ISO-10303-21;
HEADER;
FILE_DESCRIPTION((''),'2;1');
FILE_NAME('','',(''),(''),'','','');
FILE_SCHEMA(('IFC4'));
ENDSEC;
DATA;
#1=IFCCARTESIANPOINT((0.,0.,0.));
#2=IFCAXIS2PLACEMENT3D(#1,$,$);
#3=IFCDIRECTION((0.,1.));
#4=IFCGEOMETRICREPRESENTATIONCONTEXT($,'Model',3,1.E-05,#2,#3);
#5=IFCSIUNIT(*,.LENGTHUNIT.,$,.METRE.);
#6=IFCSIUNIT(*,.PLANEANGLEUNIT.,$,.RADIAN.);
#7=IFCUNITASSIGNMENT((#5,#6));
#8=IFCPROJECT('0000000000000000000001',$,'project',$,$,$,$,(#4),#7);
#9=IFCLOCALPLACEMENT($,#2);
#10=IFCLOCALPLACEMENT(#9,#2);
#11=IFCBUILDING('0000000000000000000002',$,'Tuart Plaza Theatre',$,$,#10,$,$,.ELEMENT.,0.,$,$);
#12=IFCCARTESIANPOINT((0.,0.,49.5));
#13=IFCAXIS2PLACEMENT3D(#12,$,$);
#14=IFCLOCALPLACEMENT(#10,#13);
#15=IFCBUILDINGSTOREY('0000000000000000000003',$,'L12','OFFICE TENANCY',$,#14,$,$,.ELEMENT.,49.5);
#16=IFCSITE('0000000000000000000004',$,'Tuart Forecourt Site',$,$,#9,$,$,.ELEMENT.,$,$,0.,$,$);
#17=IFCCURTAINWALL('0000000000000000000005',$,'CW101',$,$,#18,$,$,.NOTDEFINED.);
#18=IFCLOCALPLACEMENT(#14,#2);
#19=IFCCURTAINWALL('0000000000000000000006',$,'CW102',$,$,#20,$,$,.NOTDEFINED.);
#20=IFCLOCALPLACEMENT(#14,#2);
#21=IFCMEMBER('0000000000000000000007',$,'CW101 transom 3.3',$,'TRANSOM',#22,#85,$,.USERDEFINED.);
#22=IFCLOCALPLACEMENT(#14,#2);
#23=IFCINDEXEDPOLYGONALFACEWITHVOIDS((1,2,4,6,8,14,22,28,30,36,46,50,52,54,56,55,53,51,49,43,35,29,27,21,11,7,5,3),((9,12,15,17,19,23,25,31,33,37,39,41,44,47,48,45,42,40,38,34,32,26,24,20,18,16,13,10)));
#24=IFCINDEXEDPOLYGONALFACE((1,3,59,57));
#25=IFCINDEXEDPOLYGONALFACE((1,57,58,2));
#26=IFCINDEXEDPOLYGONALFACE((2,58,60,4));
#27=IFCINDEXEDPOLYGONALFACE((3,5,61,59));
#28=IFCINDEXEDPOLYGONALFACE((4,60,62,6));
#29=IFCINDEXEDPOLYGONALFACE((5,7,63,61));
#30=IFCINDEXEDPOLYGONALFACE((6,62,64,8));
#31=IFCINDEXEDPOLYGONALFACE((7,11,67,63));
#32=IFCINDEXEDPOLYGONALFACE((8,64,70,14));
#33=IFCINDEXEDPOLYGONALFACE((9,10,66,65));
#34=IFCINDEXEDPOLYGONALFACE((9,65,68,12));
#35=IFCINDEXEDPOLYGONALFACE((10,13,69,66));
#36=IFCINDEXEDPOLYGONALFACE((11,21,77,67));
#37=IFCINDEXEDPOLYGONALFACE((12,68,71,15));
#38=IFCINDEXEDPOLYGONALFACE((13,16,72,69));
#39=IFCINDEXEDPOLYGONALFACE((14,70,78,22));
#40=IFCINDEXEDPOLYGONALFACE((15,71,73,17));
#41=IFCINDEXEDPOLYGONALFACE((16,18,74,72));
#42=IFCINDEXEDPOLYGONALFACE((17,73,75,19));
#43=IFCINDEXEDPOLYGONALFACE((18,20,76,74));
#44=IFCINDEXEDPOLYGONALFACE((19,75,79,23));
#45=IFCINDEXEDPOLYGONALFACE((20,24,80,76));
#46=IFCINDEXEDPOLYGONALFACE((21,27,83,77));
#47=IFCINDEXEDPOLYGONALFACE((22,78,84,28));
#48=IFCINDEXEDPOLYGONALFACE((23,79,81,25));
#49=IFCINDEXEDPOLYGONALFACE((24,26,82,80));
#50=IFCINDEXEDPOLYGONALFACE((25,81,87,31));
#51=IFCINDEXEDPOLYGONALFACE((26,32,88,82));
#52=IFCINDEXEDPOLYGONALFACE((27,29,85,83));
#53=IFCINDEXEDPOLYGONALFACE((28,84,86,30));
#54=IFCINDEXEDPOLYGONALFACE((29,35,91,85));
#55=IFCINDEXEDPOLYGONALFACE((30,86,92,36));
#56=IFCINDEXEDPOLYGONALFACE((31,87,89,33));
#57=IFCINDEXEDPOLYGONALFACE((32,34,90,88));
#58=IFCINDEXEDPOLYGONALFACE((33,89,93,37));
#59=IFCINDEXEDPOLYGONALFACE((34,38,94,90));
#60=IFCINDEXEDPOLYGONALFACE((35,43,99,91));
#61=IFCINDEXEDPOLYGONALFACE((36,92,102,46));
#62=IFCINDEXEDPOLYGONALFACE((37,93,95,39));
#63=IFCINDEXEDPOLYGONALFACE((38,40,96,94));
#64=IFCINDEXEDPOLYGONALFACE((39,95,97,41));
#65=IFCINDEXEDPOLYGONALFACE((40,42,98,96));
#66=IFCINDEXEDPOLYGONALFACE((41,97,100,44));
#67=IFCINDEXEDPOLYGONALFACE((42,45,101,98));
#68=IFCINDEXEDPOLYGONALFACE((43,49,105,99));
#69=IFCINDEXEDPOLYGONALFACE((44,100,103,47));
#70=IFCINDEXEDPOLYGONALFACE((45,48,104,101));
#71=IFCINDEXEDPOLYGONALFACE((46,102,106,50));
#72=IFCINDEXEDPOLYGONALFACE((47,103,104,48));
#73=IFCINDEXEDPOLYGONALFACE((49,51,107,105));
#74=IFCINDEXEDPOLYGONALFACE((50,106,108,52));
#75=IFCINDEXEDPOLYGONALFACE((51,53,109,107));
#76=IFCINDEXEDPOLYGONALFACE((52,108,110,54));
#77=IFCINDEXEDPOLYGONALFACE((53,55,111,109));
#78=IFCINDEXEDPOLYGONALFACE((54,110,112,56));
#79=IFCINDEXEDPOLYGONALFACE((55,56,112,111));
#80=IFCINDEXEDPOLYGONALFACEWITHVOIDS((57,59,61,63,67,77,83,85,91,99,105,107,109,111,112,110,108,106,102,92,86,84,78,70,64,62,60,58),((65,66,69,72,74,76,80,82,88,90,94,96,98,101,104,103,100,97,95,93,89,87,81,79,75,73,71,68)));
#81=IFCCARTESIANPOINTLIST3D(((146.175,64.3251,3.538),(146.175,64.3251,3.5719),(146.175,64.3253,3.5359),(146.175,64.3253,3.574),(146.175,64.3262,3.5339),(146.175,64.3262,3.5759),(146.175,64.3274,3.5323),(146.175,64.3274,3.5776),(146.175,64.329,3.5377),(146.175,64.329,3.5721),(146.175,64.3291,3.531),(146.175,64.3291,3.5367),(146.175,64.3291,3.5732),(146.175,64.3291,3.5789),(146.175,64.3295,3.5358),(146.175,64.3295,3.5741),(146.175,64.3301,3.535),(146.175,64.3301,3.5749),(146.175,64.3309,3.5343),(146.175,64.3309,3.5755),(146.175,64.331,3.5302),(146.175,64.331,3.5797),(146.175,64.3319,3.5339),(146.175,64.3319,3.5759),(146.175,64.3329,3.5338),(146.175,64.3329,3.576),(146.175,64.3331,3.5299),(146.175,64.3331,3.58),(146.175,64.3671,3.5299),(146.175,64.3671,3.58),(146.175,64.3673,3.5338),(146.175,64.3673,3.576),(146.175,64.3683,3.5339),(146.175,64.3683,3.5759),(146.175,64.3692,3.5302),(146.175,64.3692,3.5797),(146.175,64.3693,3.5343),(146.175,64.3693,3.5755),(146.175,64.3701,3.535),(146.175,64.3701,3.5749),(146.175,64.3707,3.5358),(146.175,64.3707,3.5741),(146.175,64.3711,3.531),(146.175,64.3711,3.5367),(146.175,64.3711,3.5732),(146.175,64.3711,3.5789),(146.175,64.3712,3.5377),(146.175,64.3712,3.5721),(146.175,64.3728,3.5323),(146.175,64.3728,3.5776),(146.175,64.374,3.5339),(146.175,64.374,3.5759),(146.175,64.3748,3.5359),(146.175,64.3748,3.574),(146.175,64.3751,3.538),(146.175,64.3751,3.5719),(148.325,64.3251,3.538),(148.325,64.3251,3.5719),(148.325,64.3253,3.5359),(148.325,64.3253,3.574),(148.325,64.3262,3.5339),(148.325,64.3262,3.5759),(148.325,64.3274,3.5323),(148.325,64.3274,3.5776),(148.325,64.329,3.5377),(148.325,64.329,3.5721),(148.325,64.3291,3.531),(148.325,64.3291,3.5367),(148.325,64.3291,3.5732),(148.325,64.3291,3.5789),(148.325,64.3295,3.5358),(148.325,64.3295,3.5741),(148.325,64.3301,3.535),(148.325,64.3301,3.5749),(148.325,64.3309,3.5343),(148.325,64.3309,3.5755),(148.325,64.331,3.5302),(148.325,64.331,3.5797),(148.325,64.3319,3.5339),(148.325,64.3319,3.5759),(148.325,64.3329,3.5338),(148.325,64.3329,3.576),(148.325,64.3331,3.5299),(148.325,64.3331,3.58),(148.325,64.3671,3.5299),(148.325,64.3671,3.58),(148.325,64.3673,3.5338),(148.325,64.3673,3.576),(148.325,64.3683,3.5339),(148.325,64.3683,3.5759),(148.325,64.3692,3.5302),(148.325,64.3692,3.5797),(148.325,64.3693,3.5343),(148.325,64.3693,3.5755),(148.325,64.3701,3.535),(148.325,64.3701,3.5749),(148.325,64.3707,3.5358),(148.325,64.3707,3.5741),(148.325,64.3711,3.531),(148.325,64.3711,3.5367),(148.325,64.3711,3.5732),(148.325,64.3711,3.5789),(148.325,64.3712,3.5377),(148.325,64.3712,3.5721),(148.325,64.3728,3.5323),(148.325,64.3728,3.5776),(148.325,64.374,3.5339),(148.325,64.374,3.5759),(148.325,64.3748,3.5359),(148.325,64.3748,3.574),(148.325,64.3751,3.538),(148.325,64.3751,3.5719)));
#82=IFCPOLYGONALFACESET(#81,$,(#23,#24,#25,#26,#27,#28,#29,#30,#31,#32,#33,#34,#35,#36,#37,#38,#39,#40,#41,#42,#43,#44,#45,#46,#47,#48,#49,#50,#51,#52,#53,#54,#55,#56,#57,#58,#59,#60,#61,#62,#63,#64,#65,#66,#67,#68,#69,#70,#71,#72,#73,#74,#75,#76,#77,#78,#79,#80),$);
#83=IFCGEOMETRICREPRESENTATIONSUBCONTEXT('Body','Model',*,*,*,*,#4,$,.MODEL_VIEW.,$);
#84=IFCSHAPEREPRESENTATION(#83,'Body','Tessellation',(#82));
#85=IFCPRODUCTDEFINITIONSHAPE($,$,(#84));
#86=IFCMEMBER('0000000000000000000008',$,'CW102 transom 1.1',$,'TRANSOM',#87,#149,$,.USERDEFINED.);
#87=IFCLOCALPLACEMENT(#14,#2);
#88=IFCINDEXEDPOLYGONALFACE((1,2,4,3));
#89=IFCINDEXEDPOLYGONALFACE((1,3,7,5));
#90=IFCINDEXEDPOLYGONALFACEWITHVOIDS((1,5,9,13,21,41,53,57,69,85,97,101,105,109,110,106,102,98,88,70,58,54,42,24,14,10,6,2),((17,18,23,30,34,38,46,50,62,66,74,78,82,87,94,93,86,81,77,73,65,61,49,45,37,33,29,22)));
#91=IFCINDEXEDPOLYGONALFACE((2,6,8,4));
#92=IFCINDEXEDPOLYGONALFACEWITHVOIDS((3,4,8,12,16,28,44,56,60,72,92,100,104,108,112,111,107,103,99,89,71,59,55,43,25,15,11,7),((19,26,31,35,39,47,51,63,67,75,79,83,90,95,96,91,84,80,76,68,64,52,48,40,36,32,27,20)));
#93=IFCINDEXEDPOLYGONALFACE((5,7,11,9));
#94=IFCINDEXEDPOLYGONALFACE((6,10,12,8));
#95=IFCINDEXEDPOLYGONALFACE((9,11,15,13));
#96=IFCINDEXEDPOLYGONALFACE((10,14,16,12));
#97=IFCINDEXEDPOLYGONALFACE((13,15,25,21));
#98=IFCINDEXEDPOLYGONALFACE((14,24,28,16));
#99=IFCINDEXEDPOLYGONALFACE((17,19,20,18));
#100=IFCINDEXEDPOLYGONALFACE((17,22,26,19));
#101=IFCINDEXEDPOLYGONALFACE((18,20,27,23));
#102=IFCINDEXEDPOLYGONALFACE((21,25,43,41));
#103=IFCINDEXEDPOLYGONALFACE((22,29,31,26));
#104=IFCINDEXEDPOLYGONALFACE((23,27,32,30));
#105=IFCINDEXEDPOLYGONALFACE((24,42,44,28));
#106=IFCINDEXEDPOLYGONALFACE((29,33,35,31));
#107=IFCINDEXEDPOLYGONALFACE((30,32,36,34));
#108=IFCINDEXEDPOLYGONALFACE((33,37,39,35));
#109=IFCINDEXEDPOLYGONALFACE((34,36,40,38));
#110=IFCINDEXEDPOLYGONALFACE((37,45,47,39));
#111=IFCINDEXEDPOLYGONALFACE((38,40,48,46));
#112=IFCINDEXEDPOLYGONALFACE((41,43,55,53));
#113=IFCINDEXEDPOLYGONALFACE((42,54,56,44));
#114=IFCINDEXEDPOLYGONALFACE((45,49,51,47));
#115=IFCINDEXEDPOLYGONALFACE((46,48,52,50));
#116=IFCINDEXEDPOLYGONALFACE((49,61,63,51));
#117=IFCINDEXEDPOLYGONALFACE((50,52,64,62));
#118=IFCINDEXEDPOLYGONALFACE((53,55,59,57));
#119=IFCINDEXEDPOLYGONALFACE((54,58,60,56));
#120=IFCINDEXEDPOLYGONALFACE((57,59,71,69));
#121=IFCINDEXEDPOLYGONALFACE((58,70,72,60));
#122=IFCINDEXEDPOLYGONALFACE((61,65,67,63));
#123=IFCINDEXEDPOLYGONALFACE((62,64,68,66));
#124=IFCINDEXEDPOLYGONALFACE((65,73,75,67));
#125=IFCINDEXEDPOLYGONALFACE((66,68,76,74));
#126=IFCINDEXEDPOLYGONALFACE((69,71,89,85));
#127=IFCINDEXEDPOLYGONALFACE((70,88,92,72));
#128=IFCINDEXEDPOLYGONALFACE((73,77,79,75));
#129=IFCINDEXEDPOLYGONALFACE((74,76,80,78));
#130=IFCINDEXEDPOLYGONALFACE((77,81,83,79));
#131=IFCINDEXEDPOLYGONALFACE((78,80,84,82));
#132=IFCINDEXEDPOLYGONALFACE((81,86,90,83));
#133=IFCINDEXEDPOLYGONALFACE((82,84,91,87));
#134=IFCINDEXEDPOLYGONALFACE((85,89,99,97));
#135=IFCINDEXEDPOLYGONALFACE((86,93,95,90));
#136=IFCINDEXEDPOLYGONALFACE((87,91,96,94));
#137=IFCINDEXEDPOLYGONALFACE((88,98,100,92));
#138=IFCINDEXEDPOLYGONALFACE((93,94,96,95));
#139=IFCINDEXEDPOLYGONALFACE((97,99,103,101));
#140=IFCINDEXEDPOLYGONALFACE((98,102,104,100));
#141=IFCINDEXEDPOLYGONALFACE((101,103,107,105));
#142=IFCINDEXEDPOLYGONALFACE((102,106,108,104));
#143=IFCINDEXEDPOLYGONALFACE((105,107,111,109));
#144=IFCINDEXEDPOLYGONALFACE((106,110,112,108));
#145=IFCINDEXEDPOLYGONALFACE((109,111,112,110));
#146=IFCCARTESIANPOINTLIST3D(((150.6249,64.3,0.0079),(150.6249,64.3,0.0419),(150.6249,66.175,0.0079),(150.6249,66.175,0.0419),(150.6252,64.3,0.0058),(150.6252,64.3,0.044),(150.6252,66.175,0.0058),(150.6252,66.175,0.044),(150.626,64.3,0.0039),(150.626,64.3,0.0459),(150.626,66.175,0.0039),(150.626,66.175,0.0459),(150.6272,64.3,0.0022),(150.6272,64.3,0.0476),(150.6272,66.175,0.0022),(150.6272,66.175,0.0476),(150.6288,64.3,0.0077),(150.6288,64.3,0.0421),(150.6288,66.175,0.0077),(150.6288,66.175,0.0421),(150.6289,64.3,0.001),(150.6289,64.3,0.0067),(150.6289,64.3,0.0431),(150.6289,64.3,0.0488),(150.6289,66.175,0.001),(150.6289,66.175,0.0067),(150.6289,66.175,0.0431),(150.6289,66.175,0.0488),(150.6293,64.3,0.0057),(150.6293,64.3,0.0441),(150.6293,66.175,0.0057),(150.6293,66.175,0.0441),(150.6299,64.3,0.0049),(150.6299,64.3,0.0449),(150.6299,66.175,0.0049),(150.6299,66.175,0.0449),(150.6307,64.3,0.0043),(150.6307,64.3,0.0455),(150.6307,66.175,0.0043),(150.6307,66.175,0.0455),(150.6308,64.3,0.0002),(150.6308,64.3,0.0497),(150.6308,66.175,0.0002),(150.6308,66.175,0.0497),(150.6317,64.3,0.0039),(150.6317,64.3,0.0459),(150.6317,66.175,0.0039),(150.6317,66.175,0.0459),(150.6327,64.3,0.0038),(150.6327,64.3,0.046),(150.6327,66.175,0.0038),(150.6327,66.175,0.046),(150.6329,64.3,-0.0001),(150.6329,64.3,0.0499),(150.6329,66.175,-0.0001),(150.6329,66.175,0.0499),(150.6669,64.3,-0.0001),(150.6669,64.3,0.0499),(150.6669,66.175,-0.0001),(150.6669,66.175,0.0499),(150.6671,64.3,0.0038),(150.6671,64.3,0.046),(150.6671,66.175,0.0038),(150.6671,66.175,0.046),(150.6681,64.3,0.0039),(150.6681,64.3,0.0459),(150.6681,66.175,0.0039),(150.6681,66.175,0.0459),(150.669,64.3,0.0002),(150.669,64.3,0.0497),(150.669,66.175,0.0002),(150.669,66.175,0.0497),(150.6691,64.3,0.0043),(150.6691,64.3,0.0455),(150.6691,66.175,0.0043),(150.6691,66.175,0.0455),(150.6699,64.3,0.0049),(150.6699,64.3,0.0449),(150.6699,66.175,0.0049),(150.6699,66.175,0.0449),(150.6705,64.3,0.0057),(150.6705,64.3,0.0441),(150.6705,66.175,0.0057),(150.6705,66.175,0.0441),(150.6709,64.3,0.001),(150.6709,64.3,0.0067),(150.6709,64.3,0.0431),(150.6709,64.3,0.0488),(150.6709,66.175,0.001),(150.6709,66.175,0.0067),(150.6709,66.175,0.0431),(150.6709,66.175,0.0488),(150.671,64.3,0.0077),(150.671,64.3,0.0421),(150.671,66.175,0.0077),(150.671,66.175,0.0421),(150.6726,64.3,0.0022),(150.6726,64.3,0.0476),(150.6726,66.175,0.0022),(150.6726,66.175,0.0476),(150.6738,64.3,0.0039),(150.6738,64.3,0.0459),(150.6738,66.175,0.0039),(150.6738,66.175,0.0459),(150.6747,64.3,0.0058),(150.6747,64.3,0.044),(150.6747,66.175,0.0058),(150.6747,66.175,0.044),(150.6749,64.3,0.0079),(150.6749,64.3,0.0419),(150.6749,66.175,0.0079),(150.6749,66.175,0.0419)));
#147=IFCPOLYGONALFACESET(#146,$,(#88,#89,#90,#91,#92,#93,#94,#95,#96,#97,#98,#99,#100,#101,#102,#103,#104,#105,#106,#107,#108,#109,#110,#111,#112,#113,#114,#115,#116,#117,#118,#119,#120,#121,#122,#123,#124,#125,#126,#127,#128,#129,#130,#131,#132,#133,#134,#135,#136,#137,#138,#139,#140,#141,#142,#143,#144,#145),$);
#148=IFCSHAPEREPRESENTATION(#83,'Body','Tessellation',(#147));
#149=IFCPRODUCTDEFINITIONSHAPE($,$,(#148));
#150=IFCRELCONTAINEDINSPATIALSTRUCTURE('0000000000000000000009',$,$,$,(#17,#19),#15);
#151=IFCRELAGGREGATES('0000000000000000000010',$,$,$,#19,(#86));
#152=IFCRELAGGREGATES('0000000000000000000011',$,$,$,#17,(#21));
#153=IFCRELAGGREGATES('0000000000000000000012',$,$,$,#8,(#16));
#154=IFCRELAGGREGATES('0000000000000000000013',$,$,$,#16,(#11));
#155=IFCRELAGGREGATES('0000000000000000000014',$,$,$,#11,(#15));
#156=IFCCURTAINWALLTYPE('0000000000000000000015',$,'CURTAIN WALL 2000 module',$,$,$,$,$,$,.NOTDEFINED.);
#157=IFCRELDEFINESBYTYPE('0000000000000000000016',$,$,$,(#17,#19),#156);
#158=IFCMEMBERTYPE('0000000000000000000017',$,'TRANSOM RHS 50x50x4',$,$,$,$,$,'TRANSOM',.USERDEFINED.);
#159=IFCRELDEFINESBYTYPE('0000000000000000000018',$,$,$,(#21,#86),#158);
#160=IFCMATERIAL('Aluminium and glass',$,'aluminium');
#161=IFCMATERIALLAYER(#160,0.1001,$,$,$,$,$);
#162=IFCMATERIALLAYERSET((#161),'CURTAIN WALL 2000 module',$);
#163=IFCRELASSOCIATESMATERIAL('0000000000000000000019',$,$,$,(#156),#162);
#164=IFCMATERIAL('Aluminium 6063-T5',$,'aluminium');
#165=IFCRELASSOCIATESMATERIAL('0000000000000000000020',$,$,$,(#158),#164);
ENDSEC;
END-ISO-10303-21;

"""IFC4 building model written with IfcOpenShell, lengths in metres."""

from ifc_helpers import new_model, si_unit, direction, frame, origin, origin_2d, place, context, subcontext, project, spatial, hollow_rectangle, extrude, material, layer, layer_set, material_profile, profile_set, type_object, element, aggregate, save


model = new_model("IFC4")

# Units and contexts
model_context = context("Model", 3, precision=1e-05, world=origin(), true_north=direction((0.0, 1.0)))
body_context = subcontext(model_context, "Body", "Model", "MODEL_VIEW")
ifc_project = project(units=[si_unit("LENGTHUNIT", "METRE"), si_unit("PLANEANGLEUNIT", "RADIAN")], contexts=[model_context])

# Site, building, storey
site_placement = place(None, origin())
site = spatial("IfcSite", under=ifc_project, at=site_placement, Name="Tuart Forecourt Site", CompositionType="ELEMENT", RefElevation=0.0)
building_placement = place(site_placement, origin())
building = spatial("IfcBuilding", under=site, at=building_placement, Name="Tuart Plaza Theatre", CompositionType="ELEMENT", ElevationOfRefHeight=0.0)
storey_placement = place(building_placement, frame((0.0, 0.0, 49.5)))
storey = spatial("IfcBuildingStorey", under=building, at=storey_placement, Name="L12", Description="OFFICE TENANCY", CompositionType="ELEMENT", Elevation=49.5)

# Curtain wall
ifc_material_1 = material(Name="Aluminium and glass", Category="aluminium")
ifc_layer_1 = layer(ifc_material_1, 0.1001)
ifc_layer_set_1 = layer_set([ifc_layer_1], Name="CURTAIN WALL 2000 module")
curtain_wall_type = type_object("IfcCurtainWallType", Name="CURTAIN WALL 2000 module", PredefinedType="NOTDEFINED", material=ifc_layer_set_1)
curtain_wall_1_placement = place(storey_placement, origin())
curtain_wall_1 = element("IfcCurtainWall", 1, at=curtain_wall_1_placement, inside=storey, type_object=curtain_wall_type, Name="CW101", PredefinedType="NOTDEFINED")

# Curtain wall
curtain_wall_2_placement = place(storey_placement, origin())
curtain_wall_2 = element("IfcCurtainWall", 2, at=curtain_wall_2_placement, inside=storey, type_object=curtain_wall_type, Name="CW102", PredefinedType="NOTDEFINED")

# Members
ifc_material_2 = material(Name="Aluminium 6063-T5", Category="aluminium")
ifc_material_profile_1 = material_profile(ifc_material_2, hollow_rectangle(XDim=0.05, YDim=0.05, WallThickness=0.0039, InnerFilletRadius=0.0039, OuterFilletRadius=0.0081, at=origin_2d()), Name="RHS 50x50x4")
ifc_profile_set_1 = profile_set([ifc_material_profile_1], Name="Aluminium 6063-T5")
member_type_1 = type_object("IfcMemberType", Name="TRANSOM RHS 50x50x4", ElementType="TRANSOM", PredefinedType="USERDEFINED", material=ifc_profile_set_1)
member_1_placement = place(storey_placement, frame((146.175, 64.3501, 3.5549), z_axis=(1.0, 0.0, 0.0), x_axis=(0.0, 1.0, 0.0)))
member_1 = element("IfcMember", 3, at=member_1_placement, type_object=member_type_1, Name="CW101 transom 3.3", ObjectType="TRANSOM", PredefinedType="USERDEFINED", context=body_context, shape_type="SweptSolid", body=[
    extrude(hollow_rectangle(XDim=0.05, YDim=0.05, WallThickness=0.0039, InnerFilletRadius=0.0039, OuterFilletRadius=0.0081, at=origin_2d()), origin(), (0.0, 0.0, 1.0), 2.1499),
])
member_2_placement = place(storey_placement, frame((150.6499, 64.3, 0.0249), z_axis=(0.0, 1.0, 0.0), x_axis=(-1.0, 0.0, 0.0)))
member_2 = element("IfcMember", 4, at=member_2_placement, type_object=member_type_1, Name="CW102 transom 1.1", ObjectType="TRANSOM", PredefinedType="USERDEFINED", context=body_context, shape_type="SweptSolid", body=[
    extrude(hollow_rectangle(XDim=0.05, YDim=0.05, WallThickness=0.0039, InnerFilletRadius=0.0039, OuterFilletRadius=0.0081, at=origin_2d()), origin(), (0.0, 0.0, 1.0), 1.875),
])
aggregate(curtain_wall_2, [member_2])

aggregate(curtain_wall_1, [member_1])

save(model, "model.ifc")
